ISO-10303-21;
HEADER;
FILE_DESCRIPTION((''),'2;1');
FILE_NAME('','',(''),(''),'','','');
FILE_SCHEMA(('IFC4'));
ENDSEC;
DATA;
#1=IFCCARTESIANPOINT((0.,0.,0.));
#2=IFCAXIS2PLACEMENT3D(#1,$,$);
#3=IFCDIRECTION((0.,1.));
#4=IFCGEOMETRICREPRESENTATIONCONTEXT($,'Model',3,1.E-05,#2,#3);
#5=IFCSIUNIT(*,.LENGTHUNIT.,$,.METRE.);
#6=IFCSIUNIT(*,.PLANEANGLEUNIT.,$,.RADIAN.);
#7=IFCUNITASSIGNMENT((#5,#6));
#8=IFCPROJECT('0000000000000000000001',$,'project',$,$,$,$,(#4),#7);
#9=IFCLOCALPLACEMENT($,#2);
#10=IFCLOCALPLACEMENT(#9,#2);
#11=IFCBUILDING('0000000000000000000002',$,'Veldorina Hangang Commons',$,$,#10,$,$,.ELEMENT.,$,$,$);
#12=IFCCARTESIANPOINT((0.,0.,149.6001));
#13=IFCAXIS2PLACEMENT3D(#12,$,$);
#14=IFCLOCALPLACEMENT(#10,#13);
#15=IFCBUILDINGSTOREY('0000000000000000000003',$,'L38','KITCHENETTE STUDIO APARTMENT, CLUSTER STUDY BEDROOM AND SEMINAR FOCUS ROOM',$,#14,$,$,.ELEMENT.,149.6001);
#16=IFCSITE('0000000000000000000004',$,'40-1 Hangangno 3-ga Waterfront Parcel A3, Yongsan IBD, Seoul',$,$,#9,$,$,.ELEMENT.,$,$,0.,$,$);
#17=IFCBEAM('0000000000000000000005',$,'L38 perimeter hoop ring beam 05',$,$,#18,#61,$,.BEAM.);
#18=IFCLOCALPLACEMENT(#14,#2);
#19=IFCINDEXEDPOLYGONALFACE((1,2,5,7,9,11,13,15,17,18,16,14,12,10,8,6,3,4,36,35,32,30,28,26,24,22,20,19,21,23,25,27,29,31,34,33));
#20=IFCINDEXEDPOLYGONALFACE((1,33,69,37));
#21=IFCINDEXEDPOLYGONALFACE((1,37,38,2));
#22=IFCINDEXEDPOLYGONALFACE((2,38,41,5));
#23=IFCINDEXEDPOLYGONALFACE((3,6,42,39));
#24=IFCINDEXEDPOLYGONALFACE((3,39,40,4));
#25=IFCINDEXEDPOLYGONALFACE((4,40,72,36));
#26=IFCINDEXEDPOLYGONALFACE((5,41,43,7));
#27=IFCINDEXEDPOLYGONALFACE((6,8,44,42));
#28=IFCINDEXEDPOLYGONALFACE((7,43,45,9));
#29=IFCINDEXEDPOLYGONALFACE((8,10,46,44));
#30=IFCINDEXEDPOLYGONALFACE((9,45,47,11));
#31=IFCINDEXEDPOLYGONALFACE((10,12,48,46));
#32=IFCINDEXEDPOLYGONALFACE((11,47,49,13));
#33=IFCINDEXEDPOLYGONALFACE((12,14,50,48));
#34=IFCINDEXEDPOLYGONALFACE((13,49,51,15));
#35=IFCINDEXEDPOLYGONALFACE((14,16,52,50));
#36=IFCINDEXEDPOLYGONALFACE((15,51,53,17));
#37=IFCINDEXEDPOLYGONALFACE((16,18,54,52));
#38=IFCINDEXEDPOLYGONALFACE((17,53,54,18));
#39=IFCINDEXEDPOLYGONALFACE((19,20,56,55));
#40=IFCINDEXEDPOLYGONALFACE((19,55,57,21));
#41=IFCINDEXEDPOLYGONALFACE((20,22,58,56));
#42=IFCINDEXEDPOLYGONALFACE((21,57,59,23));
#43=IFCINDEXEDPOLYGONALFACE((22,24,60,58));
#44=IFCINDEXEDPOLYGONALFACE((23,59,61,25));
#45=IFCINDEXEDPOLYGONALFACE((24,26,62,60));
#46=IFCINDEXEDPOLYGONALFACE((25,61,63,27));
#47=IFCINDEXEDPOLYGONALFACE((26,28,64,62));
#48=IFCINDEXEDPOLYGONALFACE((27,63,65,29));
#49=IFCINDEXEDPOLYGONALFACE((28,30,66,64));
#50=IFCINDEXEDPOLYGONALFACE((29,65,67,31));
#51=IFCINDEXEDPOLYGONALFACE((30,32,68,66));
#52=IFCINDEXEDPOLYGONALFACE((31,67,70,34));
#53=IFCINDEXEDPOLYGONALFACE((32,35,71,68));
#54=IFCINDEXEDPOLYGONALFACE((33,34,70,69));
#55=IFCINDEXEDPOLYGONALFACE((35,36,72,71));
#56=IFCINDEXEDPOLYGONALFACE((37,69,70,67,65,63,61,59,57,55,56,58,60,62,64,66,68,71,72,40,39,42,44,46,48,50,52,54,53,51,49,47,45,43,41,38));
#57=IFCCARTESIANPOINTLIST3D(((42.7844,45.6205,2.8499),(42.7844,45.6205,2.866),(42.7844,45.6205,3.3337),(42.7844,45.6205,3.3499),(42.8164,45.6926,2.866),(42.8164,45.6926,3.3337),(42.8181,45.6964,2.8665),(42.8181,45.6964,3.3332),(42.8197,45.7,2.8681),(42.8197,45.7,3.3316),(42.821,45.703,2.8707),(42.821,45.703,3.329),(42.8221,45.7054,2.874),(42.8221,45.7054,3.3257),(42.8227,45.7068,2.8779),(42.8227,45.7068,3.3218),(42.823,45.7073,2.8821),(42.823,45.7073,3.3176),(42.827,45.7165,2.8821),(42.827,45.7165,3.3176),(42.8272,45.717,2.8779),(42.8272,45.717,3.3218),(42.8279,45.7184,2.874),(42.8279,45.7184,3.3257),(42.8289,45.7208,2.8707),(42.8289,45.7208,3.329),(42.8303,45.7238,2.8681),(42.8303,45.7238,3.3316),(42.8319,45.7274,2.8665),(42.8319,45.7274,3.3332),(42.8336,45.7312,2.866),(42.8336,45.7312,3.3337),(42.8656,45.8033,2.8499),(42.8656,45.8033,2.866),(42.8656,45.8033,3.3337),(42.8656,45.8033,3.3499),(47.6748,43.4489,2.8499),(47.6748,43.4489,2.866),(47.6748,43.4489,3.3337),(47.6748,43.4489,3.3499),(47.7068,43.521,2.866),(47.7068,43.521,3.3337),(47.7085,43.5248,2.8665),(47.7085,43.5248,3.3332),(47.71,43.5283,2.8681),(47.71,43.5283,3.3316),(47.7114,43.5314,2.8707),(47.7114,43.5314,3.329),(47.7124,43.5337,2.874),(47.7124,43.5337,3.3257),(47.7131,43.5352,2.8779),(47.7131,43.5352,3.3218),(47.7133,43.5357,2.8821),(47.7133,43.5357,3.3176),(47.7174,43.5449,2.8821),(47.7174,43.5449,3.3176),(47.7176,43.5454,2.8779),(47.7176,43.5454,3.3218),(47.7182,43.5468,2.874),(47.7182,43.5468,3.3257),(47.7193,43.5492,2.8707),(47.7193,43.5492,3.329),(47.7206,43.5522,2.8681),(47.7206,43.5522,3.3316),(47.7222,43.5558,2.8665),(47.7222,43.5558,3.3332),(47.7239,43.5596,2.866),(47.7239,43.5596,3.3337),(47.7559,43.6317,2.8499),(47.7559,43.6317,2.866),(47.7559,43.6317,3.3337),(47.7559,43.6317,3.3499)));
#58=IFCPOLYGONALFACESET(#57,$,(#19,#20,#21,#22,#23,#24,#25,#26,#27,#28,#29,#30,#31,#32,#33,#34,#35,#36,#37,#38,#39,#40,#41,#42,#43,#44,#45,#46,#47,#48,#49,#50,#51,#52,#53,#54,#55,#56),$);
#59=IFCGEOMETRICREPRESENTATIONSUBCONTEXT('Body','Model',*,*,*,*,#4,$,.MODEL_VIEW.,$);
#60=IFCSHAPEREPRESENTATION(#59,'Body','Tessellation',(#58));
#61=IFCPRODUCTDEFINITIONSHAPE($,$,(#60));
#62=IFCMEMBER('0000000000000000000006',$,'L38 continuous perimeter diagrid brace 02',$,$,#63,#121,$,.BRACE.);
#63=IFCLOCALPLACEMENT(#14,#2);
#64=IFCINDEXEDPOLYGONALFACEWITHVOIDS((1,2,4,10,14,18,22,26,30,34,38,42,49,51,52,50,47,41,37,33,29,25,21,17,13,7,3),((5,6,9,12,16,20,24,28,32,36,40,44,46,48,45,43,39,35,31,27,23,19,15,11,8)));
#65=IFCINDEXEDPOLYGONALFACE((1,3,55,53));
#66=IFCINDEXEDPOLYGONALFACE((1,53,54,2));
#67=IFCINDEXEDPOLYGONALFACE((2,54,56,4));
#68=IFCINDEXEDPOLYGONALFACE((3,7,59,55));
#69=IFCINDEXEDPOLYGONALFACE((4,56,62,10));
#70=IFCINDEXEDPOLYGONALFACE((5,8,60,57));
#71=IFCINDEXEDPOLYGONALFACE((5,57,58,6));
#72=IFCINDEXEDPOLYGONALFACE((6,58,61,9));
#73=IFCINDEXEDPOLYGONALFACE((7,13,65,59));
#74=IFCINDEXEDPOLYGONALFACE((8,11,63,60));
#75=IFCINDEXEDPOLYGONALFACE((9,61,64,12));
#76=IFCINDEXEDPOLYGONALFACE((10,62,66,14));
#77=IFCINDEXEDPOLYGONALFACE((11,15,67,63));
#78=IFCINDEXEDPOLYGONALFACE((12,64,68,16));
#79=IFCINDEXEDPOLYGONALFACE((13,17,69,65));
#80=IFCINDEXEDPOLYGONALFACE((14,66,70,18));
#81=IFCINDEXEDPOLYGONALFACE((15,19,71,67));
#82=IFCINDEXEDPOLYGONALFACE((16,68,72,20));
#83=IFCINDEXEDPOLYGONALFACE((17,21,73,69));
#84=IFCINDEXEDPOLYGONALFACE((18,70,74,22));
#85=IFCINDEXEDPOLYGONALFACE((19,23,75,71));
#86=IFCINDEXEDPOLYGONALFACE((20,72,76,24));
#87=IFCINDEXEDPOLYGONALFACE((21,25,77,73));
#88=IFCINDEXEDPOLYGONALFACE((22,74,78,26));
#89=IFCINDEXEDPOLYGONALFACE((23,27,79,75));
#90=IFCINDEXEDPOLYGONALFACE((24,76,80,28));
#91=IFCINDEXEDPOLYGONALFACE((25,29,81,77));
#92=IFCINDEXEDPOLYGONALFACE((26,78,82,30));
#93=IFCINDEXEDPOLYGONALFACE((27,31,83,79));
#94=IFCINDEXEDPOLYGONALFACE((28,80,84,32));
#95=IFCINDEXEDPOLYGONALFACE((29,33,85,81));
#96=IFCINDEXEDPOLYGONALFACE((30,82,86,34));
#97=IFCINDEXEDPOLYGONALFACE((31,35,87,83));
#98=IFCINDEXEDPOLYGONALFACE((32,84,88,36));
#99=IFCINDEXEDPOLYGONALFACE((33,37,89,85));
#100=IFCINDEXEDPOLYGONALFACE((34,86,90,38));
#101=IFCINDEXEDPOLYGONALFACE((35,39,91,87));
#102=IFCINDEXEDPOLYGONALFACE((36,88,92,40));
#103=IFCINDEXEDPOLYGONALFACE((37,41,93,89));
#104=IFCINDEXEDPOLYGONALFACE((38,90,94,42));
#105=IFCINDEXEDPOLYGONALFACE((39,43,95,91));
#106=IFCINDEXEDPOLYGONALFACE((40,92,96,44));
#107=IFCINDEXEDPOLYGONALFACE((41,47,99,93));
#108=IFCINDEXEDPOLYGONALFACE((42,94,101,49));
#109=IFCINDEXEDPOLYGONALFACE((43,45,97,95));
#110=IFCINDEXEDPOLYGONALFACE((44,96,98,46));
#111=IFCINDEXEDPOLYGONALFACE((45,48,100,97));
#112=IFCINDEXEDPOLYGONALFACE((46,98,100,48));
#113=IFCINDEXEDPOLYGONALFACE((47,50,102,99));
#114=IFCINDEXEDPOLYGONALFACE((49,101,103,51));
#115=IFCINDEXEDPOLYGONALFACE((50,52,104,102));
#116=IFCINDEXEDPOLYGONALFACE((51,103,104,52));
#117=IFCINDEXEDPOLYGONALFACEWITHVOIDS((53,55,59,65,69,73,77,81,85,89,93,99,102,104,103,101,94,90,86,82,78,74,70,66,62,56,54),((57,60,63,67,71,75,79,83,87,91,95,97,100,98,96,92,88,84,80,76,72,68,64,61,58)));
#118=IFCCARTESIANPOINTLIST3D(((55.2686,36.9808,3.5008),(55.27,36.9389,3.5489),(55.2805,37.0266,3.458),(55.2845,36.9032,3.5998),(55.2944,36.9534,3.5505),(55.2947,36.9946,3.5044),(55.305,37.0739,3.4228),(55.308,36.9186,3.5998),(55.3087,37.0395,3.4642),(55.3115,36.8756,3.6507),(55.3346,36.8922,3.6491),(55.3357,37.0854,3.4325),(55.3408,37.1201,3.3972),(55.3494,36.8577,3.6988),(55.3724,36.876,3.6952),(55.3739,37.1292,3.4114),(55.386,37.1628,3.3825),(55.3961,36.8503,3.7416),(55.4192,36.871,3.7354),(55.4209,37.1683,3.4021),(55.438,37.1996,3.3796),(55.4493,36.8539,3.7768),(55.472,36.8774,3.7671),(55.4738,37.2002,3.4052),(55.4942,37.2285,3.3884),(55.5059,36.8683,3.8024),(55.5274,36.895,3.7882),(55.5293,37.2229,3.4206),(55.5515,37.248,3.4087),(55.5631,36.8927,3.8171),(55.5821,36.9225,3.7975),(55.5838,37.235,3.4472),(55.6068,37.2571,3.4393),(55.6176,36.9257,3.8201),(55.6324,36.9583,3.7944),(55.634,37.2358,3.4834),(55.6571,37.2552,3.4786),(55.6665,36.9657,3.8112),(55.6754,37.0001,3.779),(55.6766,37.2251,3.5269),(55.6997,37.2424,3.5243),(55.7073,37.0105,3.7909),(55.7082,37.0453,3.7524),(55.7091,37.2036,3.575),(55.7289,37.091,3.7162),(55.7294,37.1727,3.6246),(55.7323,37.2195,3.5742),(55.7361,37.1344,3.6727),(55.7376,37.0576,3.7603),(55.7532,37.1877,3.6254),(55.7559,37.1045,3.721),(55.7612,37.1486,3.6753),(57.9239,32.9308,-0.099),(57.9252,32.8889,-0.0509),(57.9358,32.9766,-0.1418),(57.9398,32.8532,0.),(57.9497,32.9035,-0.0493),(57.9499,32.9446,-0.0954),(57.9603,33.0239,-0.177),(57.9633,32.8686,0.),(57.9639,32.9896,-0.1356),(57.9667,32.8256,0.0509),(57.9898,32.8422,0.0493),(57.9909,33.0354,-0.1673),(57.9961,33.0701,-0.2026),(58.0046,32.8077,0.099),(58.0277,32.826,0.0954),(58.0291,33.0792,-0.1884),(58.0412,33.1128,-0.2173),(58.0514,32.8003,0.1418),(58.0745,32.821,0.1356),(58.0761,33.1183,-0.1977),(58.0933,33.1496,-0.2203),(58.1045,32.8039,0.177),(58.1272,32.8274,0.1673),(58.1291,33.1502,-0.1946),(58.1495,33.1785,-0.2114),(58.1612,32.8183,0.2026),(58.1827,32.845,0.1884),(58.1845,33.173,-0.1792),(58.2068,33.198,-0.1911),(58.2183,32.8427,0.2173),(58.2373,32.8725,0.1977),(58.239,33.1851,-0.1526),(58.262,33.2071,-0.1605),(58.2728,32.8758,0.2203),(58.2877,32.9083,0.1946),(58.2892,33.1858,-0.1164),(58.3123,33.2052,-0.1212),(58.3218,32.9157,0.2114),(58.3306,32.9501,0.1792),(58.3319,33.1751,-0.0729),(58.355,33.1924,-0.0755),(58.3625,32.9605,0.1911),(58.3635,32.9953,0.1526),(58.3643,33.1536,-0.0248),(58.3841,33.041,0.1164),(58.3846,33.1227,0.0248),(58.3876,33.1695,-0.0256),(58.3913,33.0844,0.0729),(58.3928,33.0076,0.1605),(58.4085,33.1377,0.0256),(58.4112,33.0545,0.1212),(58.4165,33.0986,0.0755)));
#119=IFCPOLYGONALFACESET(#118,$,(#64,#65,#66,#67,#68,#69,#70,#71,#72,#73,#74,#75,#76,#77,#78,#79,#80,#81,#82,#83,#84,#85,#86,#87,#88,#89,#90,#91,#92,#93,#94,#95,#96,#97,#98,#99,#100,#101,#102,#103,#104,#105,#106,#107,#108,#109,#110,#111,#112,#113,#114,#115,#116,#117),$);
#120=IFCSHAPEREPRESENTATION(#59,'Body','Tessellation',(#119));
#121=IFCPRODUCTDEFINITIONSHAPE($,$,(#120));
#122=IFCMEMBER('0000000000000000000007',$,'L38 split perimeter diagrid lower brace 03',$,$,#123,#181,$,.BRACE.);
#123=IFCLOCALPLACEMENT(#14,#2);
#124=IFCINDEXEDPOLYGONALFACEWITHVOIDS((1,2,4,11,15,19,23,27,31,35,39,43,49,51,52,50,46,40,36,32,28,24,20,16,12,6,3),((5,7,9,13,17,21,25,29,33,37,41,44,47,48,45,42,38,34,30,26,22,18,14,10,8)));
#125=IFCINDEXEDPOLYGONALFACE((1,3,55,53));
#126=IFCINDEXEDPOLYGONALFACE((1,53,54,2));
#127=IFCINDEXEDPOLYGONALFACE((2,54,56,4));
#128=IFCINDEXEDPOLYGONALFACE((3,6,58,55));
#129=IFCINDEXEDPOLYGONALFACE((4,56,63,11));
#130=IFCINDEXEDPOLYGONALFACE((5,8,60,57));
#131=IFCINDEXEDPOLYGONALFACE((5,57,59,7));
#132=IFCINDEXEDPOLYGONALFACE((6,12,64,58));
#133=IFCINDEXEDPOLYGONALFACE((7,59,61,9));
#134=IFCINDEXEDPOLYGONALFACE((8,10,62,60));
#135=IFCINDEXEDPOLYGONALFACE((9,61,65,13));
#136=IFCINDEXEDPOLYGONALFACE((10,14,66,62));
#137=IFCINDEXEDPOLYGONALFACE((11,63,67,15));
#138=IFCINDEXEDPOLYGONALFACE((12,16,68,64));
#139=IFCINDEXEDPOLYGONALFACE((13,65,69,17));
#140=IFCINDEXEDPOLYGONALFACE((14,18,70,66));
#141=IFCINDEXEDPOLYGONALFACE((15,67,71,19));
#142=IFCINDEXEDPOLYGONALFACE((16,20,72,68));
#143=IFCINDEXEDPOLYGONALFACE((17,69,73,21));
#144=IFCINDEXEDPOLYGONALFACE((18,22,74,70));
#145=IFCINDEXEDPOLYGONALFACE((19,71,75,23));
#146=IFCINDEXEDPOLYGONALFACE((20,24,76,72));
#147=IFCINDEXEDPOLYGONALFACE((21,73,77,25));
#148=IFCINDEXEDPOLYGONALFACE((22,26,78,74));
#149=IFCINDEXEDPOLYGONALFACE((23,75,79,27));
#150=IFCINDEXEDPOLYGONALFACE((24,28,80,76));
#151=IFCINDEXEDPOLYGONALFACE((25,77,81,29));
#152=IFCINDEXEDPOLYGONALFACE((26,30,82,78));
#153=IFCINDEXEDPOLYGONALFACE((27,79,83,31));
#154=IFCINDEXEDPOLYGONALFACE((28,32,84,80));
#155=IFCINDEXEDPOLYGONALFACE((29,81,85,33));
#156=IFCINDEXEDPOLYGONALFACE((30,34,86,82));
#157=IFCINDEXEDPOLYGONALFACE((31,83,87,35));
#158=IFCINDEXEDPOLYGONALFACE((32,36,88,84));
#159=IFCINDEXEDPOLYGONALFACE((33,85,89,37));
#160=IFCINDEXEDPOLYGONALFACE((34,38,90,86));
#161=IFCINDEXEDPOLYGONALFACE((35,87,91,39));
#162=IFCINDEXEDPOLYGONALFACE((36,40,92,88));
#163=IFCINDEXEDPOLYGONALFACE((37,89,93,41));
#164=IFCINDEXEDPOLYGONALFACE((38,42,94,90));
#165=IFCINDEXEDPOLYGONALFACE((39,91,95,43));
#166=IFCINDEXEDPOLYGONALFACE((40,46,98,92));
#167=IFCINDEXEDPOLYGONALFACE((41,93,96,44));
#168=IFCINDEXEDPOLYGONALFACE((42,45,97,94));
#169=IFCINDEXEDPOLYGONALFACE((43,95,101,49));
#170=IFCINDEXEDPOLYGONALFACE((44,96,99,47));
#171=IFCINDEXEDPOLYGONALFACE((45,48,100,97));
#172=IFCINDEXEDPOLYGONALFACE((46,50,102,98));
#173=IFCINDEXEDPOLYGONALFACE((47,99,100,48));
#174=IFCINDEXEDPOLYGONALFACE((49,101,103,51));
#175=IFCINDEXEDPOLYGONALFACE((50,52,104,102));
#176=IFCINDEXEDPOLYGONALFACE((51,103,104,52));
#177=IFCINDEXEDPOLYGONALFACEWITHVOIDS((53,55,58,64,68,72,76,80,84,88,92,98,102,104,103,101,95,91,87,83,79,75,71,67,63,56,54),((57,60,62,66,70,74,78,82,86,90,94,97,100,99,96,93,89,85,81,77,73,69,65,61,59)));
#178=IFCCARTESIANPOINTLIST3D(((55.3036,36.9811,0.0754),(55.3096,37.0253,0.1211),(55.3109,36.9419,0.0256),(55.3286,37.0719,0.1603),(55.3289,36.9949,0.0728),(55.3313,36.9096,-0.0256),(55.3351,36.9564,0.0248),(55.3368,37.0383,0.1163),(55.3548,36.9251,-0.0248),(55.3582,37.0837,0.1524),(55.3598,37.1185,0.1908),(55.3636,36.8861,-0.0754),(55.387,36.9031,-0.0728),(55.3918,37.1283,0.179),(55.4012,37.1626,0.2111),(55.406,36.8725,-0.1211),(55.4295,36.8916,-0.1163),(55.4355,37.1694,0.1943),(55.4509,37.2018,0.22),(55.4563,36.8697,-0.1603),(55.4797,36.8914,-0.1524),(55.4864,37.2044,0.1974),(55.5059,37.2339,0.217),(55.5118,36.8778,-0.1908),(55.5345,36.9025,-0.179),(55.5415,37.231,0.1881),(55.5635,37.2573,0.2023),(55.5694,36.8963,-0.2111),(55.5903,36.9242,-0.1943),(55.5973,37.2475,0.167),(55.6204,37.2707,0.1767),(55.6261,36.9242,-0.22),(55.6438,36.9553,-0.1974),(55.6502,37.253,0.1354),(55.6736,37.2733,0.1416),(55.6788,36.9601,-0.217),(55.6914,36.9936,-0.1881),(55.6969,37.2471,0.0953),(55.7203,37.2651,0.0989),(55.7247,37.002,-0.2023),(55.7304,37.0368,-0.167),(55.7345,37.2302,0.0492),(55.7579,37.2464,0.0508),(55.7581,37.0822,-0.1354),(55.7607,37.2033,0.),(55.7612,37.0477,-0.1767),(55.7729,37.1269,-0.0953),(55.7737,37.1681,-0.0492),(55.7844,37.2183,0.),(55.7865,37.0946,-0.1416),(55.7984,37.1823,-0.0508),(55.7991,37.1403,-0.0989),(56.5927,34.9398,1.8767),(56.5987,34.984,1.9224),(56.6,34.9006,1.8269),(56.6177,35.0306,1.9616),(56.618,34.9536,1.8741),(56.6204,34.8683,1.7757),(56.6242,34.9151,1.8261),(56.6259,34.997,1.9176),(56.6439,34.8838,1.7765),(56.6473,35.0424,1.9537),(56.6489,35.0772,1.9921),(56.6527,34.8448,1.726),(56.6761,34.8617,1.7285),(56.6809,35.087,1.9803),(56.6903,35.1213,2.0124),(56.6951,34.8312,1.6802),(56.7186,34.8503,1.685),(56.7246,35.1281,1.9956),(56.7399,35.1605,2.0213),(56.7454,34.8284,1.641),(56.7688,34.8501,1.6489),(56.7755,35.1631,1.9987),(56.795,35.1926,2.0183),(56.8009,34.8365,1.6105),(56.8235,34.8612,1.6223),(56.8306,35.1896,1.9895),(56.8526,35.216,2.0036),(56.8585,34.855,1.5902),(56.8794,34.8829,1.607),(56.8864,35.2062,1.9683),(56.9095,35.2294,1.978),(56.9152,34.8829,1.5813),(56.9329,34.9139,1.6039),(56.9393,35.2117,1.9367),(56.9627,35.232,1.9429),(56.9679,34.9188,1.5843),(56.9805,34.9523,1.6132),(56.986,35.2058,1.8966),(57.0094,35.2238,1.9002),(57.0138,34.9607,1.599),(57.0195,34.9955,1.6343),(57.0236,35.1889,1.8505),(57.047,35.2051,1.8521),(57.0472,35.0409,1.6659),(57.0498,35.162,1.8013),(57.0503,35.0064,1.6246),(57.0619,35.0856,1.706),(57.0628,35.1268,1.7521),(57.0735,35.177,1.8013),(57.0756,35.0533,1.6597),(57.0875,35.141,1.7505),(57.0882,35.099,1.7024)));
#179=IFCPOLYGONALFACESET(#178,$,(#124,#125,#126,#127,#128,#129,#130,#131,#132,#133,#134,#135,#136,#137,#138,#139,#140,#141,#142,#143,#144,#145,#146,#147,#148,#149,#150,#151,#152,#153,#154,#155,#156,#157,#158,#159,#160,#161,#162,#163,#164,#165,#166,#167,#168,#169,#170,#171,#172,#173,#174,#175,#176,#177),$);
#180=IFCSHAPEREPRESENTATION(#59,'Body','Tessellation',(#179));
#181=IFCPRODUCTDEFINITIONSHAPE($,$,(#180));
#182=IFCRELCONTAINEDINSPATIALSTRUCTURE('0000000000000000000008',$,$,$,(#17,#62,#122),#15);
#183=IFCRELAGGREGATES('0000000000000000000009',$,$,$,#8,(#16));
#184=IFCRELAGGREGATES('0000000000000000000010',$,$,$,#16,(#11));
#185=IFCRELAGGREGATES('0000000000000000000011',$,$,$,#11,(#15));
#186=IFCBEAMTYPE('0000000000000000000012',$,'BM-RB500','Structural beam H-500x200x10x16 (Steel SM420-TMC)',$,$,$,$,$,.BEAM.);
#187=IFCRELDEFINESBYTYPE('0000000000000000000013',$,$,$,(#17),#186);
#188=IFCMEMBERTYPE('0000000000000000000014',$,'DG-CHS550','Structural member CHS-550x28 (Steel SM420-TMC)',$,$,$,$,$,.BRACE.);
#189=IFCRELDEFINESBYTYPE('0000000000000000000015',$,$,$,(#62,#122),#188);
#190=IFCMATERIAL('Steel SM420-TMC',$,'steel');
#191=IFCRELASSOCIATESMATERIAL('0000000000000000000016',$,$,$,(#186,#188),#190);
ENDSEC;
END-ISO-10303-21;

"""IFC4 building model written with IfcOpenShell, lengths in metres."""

from ifc_helpers import new_model, si_unit, direction, frame, origin, origin_2d, place, context, subcontext, project, spatial, hollow_circle, i_section, extrude, material, material_profile, profile_set, type_object, element, save


model = new_model("IFC4")

# Units and contexts
model_context = context("Model", 3, precision=1e-05, world=origin(), true_north=direction((0.0, 1.0)))
body_context = subcontext(model_context, "Body", "Model", "MODEL_VIEW")
ifc_project = project(units=[si_unit("LENGTHUNIT", "METRE"), si_unit("PLANEANGLEUNIT", "RADIAN")], contexts=[model_context])

# Site, building, storey
site_placement = place(None, origin())
site = spatial("IfcSite", under=ifc_project, at=site_placement, Name="40-1 Hangangno 3-ga Waterfront Parcel A3, Yongsan IBD, Seoul", CompositionType="ELEMENT", RefElevation=0.0)
building_placement = place(site_placement, origin())
building = spatial("IfcBuilding", under=site, at=building_placement, Name="Veldorina Hangang Commons", CompositionType="ELEMENT")
storey_placement = place(building_placement, frame((0.0, 0.0, 149.6001)))
storey = spatial("IfcBuildingStorey", under=building, at=storey_placement, Name="L38", Description="KITCHENETTE STUDIO APARTMENT, CLUSTER STUDY BEDROOM AND SEMINAR FOCUS ROOM", CompositionType="ELEMENT", Elevation=149.6001)

# Beam
ifc_material_1 = material(Name="Steel SM420-TMC", Category="steel")
ifc_material_profile_1 = material_profile(ifc_material_1, i_section(OverallWidth=0.2, OverallDepth=0.5, WebThickness=0.01, FlangeThickness=0.0161, FilletRadius=0.0161, at=origin_2d()), Name="H-500x200x10x16")
ifc_profile_set_1 = profile_set([ifc_material_profile_1], Name="Steel SM420-TMC")
beam_type_1 = type_object("IfcBeamType", Name="BM-RB500", Description="Structural beam H-500x200x10x16 (Steel SM420-TMC)", PredefinedType="BEAM", material=ifc_profile_set_1)
beam_1_placement = place(storey_placement, frame((47.7153, 43.5403, 3.0999), z_axis=(-0.913941, 0.405846, 0.0), x_axis=(-0.405846, -0.913941, 0.0)))
element("IfcBeam", 1, at=beam_1_placement, inside=storey, type_object=beam_type_1, Name="L38 perimeter hoop ring beam 05", PredefinedType="BEAM", context=body_context, shape_type="SweptSolid", body=[
    extrude(i_section(OverallWidth=0.2, OverallDepth=0.5, WebThickness=0.01, FlangeThickness=0.0161, FilletRadius=0.0161, at=origin_2d()), origin(), (0.0, 0.0, 1.0), 5.3508),
])

# Members
ifc_material_profile_2 = material_profile(ifc_material_1, hollow_circle(Radius=0.2749, WallThickness=0.0281, at=origin_2d()), Name="CHS-550x28")
ifc_profile_set_2 = profile_set([ifc_material_profile_2], Name="Steel SM420-TMC")
member_type = type_object("IfcMemberType", Name="DG-CHS550", Description="Structural member CHS-550x28 (Steel SM420-TMC)", PredefinedType="BRACE", material=ifc_profile_set_2)
member_1_placement = place(storey_placement, frame((58.1697, 33.0039, 0.0), z_axis=(-0.440033, 0.671176, 0.596569), x_axis=(-0.836291, -0.548285, 0.0)))
element("IfcMember", 2, at=member_1_placement, inside=storey, type_object=member_type, Name="L38 continuous perimeter diagrid brace 02", PredefinedType="BRACE", context=body_context, shape_type="SweptSolid", body=[
    extrude(hollow_circle(Radius=0.2749, WallThickness=0.0281, at=origin_2d()), origin(), (0.0, 0.0, 1.0), 6.0342),
])
member_2_placement = place(storey_placement, frame((55.552, 37.0715, 0.0), z_axis=(0.427956, -0.677677, 0.598003), x_axis=(0.845518, 0.533947, 0.0)))
element("IfcMember", 3, at=member_2_placement, inside=storey, type_object=member_type, Name="L38 split perimeter diagrid lower brace 03", PredefinedType="BRACE", context=body_context, shape_type="SweptSolid", body=[
    extrude(hollow_circle(Radius=0.2749, WallThickness=0.0281, at=origin_2d()), origin(), (0.0, 0.0, 1.0), 3.0122),
])

save(model, "model.ifc")
